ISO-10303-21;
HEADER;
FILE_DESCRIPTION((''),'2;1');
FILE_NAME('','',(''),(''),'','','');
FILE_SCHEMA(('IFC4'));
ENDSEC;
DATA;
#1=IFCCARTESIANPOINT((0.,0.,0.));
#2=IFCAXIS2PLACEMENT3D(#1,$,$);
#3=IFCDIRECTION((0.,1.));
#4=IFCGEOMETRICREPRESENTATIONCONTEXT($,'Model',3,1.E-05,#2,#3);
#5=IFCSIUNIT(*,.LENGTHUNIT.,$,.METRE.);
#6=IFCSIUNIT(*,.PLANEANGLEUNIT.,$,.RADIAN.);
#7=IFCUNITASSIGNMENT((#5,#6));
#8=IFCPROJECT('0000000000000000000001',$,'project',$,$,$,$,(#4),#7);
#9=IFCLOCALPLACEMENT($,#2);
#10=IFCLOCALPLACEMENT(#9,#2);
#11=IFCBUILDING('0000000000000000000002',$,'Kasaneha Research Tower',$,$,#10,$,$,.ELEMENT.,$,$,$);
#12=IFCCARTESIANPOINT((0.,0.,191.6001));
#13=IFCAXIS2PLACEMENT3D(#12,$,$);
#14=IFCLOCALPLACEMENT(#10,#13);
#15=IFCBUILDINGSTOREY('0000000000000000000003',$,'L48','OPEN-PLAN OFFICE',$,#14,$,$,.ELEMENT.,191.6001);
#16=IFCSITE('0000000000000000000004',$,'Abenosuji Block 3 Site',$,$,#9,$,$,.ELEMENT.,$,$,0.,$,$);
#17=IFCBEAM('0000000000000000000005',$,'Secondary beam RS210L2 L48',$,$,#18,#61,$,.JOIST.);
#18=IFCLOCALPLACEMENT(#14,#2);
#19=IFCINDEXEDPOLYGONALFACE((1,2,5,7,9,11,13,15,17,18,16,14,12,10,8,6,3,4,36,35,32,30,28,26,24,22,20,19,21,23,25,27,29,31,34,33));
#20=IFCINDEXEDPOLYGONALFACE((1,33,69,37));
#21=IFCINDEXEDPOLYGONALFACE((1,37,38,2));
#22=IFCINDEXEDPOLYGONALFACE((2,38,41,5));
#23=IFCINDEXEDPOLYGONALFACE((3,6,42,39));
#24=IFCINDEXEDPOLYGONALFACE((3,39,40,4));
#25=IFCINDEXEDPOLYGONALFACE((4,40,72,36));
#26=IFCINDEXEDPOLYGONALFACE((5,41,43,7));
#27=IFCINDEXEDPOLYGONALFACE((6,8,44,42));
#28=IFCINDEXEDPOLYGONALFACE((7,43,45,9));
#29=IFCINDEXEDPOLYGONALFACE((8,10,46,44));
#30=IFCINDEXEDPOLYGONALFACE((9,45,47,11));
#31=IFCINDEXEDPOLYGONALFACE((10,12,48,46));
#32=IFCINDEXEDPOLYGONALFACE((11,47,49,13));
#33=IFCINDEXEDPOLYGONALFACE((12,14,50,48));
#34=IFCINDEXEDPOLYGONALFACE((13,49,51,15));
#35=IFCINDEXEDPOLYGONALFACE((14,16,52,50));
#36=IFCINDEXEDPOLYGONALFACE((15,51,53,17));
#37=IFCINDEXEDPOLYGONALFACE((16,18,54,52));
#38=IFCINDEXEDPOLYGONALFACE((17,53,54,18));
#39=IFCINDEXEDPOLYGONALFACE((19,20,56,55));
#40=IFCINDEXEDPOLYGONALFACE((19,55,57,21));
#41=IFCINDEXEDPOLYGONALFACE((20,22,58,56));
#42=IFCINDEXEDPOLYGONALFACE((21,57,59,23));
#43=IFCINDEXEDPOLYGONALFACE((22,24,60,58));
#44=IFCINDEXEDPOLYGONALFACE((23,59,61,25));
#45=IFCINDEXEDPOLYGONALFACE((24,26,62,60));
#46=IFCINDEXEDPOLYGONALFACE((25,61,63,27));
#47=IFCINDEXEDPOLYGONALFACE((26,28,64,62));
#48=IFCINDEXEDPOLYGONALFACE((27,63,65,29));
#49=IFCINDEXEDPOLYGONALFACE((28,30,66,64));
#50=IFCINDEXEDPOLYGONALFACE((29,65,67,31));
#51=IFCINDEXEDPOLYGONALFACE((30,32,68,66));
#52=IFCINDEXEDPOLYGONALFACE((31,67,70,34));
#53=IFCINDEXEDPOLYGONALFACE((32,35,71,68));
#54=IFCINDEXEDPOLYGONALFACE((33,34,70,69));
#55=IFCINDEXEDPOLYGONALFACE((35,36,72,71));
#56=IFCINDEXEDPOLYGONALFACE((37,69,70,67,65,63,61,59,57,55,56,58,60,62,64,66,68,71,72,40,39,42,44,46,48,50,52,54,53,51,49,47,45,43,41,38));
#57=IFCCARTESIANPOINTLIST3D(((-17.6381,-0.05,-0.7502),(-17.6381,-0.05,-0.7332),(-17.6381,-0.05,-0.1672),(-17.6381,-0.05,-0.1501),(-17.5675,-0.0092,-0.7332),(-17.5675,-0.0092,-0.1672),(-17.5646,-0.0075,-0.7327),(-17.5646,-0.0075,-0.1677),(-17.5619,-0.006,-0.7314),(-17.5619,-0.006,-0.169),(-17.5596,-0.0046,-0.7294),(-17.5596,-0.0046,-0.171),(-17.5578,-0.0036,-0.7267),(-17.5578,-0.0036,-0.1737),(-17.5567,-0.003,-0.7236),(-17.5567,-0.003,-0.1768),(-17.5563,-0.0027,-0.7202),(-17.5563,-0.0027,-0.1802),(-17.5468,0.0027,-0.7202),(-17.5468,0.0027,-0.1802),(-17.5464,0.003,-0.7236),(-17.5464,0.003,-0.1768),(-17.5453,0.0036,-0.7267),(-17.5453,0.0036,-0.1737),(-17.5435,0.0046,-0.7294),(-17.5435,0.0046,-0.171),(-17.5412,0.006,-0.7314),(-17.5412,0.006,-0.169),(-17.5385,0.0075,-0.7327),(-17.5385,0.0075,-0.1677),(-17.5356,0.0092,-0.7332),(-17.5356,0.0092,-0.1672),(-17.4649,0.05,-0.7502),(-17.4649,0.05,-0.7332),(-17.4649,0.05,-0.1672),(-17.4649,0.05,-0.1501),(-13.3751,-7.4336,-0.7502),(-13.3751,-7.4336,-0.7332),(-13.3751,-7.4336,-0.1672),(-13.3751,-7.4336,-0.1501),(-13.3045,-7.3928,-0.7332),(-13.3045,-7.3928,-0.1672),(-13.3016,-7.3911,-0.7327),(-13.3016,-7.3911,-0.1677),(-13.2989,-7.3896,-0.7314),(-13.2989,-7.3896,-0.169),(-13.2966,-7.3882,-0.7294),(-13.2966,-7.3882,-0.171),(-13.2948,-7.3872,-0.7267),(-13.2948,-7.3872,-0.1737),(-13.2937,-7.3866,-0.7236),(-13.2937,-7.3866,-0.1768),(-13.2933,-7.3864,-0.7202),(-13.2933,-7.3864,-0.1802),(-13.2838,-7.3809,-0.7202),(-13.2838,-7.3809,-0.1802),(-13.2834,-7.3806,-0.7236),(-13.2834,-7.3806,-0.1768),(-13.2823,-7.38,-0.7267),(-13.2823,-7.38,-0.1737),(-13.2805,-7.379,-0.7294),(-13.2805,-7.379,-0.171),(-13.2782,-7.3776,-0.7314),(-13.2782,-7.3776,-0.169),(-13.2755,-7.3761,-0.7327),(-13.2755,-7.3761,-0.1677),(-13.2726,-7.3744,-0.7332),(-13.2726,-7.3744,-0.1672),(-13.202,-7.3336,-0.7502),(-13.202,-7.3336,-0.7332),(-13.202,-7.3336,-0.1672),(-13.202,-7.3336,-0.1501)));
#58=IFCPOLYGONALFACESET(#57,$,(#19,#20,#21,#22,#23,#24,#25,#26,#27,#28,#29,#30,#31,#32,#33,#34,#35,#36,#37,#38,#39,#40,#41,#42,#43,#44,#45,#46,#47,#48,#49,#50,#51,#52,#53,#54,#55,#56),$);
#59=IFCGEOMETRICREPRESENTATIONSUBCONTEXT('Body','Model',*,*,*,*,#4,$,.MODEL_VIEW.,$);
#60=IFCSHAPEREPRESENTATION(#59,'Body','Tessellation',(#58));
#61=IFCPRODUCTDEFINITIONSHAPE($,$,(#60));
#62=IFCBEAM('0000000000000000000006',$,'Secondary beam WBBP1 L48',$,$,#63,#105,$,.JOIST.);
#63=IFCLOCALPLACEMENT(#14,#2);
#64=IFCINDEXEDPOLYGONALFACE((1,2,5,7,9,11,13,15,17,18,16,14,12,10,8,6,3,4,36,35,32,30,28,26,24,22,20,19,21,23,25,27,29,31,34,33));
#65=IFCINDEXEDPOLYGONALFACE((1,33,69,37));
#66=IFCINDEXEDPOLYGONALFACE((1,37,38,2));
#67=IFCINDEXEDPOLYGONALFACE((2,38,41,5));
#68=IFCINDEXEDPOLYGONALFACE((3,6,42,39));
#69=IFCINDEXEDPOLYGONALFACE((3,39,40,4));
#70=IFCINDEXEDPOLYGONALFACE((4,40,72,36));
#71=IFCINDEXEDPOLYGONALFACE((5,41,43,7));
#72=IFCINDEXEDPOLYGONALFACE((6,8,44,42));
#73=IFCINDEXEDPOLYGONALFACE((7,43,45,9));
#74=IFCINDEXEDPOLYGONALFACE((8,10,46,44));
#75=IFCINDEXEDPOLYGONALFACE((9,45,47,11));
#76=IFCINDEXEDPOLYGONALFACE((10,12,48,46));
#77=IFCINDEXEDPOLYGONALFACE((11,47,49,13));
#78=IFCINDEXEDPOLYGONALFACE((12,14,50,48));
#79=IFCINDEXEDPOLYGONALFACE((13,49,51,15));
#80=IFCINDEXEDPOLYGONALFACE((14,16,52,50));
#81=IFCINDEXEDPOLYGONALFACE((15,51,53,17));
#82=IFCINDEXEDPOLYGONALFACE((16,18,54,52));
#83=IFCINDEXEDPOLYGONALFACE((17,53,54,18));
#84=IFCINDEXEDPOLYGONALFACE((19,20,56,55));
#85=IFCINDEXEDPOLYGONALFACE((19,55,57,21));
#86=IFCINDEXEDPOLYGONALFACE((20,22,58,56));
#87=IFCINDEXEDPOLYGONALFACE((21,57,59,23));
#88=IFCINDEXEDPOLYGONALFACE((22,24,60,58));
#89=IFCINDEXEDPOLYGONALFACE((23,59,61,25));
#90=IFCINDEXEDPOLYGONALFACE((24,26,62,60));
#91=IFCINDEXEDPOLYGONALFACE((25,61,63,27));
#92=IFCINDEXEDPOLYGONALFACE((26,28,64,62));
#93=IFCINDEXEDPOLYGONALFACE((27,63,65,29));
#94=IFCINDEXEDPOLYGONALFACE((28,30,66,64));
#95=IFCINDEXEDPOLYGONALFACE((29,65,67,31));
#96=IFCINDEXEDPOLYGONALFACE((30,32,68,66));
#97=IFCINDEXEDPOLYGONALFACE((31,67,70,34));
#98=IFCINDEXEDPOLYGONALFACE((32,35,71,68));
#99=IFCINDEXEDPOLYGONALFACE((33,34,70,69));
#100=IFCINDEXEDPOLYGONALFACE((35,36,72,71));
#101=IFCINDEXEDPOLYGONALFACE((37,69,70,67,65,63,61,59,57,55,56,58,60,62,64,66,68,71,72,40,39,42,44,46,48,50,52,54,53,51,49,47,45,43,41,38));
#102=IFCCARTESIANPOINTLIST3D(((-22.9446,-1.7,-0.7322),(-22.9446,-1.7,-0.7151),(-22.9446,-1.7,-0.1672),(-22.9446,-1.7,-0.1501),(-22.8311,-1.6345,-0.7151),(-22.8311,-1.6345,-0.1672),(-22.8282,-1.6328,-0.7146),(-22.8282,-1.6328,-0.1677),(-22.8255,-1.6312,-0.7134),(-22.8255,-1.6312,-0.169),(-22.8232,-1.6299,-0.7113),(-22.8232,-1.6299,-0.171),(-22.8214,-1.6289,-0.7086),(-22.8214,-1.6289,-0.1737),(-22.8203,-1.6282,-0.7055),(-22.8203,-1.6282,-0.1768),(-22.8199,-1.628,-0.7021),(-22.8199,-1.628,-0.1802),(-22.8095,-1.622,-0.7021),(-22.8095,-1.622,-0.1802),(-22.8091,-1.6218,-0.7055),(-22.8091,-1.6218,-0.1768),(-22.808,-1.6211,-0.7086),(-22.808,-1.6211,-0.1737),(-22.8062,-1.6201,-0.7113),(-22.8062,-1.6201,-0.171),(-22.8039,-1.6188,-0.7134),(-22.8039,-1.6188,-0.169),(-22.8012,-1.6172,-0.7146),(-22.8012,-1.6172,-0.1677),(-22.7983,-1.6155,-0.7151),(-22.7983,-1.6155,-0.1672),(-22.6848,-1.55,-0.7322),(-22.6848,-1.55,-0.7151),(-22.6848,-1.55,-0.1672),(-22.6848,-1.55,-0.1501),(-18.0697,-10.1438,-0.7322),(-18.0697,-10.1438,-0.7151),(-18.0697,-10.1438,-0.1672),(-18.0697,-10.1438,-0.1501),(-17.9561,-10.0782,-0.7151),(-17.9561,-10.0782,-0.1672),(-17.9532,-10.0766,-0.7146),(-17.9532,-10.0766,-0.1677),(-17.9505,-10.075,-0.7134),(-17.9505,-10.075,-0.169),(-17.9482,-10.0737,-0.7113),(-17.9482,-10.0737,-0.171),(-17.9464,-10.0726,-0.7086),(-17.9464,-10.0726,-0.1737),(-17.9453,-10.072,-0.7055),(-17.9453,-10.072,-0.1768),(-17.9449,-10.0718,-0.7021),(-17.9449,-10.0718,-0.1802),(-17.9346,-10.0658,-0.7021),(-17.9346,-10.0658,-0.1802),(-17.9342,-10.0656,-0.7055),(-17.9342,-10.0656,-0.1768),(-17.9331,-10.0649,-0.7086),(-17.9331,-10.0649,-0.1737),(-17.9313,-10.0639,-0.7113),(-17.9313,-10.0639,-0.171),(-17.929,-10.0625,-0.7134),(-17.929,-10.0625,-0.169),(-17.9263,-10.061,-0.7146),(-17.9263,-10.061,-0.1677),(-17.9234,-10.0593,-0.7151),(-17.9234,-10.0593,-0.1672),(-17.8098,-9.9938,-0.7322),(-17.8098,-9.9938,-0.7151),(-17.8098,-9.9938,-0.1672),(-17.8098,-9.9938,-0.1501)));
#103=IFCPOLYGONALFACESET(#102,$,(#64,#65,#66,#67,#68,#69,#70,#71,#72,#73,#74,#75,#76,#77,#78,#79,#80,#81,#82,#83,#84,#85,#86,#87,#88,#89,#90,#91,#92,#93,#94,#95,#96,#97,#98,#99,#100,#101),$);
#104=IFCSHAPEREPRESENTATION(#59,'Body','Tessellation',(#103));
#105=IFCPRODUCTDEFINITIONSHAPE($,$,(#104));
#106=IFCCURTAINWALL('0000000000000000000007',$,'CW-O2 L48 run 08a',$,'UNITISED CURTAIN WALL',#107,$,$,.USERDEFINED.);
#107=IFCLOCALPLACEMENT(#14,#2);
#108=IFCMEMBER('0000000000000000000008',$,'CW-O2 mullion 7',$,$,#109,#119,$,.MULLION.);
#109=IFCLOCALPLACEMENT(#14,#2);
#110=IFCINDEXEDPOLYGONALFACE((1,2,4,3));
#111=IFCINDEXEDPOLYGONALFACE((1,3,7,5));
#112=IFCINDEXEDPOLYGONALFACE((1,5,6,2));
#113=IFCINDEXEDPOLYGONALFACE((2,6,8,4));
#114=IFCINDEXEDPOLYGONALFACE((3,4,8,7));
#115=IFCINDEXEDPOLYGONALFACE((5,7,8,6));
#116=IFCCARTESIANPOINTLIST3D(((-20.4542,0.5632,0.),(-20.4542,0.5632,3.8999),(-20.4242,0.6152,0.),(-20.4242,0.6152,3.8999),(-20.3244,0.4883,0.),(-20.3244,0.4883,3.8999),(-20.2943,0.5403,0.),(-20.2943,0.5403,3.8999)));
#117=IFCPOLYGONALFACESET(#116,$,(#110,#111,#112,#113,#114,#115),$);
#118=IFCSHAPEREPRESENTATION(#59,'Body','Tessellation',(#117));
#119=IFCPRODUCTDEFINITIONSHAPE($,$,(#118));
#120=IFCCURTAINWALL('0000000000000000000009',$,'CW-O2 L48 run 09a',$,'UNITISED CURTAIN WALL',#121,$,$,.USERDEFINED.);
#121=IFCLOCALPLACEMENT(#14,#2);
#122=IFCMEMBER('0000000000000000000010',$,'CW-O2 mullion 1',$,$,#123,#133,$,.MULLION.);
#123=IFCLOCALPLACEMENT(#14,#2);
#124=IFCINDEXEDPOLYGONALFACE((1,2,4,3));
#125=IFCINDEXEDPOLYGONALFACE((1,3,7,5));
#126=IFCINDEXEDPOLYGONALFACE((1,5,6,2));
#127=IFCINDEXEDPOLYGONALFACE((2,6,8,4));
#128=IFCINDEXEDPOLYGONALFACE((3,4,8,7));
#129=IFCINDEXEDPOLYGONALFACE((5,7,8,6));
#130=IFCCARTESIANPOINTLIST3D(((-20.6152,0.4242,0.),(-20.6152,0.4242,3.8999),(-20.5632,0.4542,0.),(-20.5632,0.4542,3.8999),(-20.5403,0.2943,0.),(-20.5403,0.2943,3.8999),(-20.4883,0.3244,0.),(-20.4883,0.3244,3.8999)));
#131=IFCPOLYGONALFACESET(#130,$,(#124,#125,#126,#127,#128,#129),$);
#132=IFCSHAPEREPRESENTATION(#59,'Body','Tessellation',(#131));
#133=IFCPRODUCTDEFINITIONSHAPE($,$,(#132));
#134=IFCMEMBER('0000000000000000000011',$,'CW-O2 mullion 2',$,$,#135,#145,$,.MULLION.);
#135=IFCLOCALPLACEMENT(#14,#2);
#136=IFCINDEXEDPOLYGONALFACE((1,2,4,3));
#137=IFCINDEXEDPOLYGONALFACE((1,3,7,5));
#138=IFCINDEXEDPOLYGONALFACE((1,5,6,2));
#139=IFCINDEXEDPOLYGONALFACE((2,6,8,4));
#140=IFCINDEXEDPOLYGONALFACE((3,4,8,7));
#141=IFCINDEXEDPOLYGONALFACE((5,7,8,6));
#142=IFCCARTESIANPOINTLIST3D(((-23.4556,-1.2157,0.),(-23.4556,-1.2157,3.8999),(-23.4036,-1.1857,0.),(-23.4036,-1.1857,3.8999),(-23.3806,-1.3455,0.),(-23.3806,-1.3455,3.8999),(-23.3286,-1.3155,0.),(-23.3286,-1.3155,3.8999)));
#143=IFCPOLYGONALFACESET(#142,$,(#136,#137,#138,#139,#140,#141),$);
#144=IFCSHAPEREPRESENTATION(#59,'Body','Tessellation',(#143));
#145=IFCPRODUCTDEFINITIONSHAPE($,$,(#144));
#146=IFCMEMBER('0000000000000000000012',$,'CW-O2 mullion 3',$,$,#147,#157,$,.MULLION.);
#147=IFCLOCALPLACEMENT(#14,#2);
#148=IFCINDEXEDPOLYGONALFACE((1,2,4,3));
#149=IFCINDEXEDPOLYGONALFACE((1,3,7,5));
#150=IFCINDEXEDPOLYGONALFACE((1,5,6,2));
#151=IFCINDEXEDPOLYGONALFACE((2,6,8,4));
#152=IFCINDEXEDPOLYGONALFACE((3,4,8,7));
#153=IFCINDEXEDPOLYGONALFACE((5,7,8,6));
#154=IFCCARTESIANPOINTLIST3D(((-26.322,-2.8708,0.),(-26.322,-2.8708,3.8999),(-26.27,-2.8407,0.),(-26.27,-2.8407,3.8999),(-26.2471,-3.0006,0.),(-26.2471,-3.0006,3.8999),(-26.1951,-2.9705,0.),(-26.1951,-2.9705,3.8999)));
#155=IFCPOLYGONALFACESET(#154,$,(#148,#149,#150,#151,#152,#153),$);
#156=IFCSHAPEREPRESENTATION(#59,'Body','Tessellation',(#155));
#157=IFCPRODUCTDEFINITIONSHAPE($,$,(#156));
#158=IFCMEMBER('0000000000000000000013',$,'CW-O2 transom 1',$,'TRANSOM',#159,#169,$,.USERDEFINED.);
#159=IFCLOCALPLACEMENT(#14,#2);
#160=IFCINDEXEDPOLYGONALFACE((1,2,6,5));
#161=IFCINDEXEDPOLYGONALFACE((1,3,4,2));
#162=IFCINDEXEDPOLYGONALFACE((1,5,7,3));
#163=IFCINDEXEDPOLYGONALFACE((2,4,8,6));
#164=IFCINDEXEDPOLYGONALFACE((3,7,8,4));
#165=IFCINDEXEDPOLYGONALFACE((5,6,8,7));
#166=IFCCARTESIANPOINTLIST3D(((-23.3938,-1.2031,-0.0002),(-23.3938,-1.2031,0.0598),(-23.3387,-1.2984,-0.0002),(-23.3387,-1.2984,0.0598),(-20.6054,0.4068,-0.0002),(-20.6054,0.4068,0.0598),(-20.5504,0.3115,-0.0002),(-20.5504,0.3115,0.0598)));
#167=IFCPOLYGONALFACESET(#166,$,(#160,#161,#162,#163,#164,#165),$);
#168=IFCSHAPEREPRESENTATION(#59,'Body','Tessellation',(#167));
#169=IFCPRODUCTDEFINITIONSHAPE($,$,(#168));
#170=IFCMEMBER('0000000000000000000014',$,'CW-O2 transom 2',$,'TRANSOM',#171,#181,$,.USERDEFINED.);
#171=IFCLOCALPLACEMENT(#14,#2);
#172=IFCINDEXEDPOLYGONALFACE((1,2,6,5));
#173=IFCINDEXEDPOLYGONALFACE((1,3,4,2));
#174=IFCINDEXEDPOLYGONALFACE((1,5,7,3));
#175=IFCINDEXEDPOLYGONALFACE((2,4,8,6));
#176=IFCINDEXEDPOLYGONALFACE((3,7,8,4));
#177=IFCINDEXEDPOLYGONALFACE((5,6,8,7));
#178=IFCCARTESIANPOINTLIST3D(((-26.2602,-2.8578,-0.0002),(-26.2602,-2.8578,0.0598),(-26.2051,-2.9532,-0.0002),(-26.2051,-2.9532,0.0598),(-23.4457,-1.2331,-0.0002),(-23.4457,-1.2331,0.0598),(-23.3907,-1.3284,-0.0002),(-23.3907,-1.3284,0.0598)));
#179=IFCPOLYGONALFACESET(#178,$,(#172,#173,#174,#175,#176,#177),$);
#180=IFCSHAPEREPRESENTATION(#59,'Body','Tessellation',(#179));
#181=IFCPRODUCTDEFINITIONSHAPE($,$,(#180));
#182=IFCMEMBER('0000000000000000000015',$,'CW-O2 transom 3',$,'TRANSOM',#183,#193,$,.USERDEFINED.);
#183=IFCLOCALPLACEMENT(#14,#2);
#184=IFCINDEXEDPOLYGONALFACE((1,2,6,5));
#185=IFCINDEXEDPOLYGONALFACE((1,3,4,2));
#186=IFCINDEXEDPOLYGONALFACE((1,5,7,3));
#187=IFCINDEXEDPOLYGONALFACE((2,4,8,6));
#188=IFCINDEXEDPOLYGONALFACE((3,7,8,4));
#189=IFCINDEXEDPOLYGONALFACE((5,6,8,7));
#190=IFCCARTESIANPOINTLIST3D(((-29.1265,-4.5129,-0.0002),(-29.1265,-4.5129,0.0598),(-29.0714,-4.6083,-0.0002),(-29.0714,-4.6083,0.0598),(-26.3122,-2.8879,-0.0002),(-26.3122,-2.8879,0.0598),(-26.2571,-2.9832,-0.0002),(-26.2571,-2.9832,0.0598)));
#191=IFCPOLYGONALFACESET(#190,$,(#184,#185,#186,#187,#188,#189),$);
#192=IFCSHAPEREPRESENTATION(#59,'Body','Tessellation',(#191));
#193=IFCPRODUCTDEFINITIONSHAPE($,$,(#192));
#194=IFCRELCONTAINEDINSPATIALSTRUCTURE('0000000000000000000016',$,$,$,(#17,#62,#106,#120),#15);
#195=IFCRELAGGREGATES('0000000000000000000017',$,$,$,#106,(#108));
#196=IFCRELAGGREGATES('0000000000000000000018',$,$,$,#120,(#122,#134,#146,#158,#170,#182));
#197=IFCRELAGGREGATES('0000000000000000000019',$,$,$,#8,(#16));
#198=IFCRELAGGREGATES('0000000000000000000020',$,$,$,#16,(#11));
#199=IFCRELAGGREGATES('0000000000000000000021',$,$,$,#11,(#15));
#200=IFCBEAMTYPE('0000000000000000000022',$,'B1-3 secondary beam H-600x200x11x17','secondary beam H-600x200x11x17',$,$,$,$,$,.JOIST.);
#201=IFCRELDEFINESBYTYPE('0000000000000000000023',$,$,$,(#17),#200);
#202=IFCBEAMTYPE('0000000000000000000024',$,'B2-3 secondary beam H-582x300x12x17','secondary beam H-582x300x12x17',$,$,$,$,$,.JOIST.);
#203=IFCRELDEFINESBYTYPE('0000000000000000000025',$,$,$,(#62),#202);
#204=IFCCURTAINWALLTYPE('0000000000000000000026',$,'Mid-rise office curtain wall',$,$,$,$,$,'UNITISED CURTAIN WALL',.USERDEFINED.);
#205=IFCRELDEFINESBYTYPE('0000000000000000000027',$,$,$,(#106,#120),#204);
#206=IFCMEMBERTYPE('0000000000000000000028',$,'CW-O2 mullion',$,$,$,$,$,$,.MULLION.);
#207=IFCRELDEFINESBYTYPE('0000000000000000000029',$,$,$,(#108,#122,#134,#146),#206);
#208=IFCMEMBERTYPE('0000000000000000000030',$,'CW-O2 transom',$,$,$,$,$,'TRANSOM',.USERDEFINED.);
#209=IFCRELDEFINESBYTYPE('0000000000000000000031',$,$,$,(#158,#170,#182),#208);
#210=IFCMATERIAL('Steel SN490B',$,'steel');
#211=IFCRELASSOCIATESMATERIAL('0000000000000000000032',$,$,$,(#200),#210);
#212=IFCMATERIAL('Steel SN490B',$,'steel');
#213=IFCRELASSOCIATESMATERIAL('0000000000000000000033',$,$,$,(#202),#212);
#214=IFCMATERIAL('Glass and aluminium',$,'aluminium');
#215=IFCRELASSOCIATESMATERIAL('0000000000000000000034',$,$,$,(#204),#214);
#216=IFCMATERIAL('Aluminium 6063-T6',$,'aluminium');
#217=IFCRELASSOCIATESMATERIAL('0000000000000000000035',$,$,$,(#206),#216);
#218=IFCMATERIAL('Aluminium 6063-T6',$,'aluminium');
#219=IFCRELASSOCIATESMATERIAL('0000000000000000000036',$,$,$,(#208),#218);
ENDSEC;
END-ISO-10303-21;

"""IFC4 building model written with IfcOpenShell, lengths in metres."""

from ifc_helpers import new_model, si_unit, direction, frame, origin, origin_2d, place, context, subcontext, project, spatial, rectangle, i_section, extrude, material, material_profile, profile_set, type_object, element, aggregate, save


model = new_model("IFC4")

# Units and contexts
model_context = context("Model", 3, precision=1e-05, world=origin(), true_north=direction((0.0, 1.0)))
body_context = subcontext(model_context, "Body", "Model", "MODEL_VIEW")
ifc_project = project(units=[si_unit("LENGTHUNIT", "METRE"), si_unit("PLANEANGLEUNIT", "RADIAN")], contexts=[model_context])

# Site, building, storey
site_placement = place(None, origin())
site = spatial("IfcSite", under=ifc_project, at=site_placement, Name="Abenosuji Block 3 Site", CompositionType="ELEMENT", RefElevation=0.0)
building_placement = place(site_placement, origin())
building = spatial("IfcBuilding", under=site, at=building_placement, Name="Kasaneha Research Tower", CompositionType="ELEMENT")
storey_placement = place(building_placement, frame((0.0, 0.0, 191.6001)))
storey = spatial("IfcBuildingStorey", under=building, at=storey_placement, Name="L48", Description="OPEN-PLAN OFFICE", CompositionType="ELEMENT", Elevation=191.6001)

# Beams
ifc_material_1 = material(Name="Steel SN490B", Category="steel")
ifc_material_profile_1 = material_profile(ifc_material_1, i_section(OverallWidth=0.2, OverallDepth=0.6001, WebThickness=0.011, FlangeThickness=0.0171, FilletRadius=0.0129, at=origin_2d()), Name="H-600x200x11x17")
ifc_profile_set_1 = profile_set([ifc_material_profile_1], Name="Steel SN490B")
beam_type_1 = type_object("IfcBeamType", Name="B1-3 secondary beam H-600x200x11x17", Description="secondary beam H-600x200x11x17", PredefinedType="JOIST", material=ifc_profile_set_1)
beam_1_placement = place(storey_placement, frame((-17.5515, 0.0, -0.4502), z_axis=(0.500004, -0.866023, 0.0), x_axis=(0.866023, 0.500004, 0.0)))
element("IfcBeam", 1, at=beam_1_placement, inside=storey, type_object=beam_type_1, Name="Secondary beam RS210L2 L48", PredefinedType="JOIST", context=body_context, shape_type="SweptSolid", body=[
    extrude(i_section(OverallWidth=0.2, OverallDepth=0.6001, WebThickness=0.011, FlangeThickness=0.0171, FilletRadius=0.0129, at=origin_2d()), origin(), (0.0, 0.0, 1.0), 8.5259),
])
ifc_material_2 = material(Name="Steel SN490B", Category="steel")
ifc_material_profile_2 = material_profile(ifc_material_2, i_section(OverallWidth=0.3, OverallDepth=0.582, WebThickness=0.012, FlangeThickness=0.0171, FilletRadius=0.0129, at=origin_2d()), Name="H-582x300x12x17")
ifc_profile_set_2 = profile_set([ifc_material_profile_2], Name="Steel SN490B")
beam_type_2 = type_object("IfcBeamType", Name="B2-3 secondary beam H-582x300x12x17", Description="secondary beam H-582x300x12x17", PredefinedType="JOIST", material=ifc_profile_set_2)
beam_2_placement = place(storey_placement, frame((-22.8147, -1.625, -0.4412), z_axis=(0.499996, -0.866028, 0.0), x_axis=(0.866028, 0.499996, 0.0)))
element("IfcBeam", 2, at=beam_2_placement, inside=storey, type_object=beam_type_2, Name="Secondary beam WBBP1 L48", PredefinedType="JOIST", context=body_context, shape_type="SweptSolid", body=[
    extrude(i_section(OverallWidth=0.3, OverallDepth=0.582, WebThickness=0.012, FlangeThickness=0.0171, FilletRadius=0.0129, at=origin_2d()), origin(), (0.0, 0.0, 1.0), 9.75),
])

# Curtain wall, member
ifc_material_3 = material(Name="Glass and aluminium", Category="aluminium")
curtain_wall_type = type_object("IfcCurtainWallType", Name="Mid-rise office curtain wall", ElementType="UNITISED CURTAIN WALL", PredefinedType="USERDEFINED", material=ifc_material_3)
curtain_wall_1_placement = place(storey_placement, origin())
curtain_wall_1 = element("IfcCurtainWall", 3, at=curtain_wall_1_placement, inside=storey, type_object=curtain_wall_type, Name="CW-O2 L48 run 08a", ObjectType="UNITISED CURTAIN WALL", PredefinedType="USERDEFINED")
ifc_material_4 = material(Name="Aluminium 6063-T6", Category="aluminium")
ifc_material_profile_3 = material_profile(ifc_material_4, rectangle(XDim=0.0601, YDim=0.1499, at=origin_2d()), Name="CW-O2 mullion 60x150")
ifc_profile_set_3 = profile_set([ifc_material_profile_3], Name="Aluminium 6063-T6")
member_type_1 = type_object("IfcMemberType", Name="CW-O2 mullion", PredefinedType="MULLION", material=ifc_profile_set_3)
member_1_placement = place(storey_placement, frame((-20.3743, 0.5518, 0.0), z_axis=(0.0, 0.0, 1.0), x_axis=(-0.5, -0.866025, 0.0)))
member_1 = element("IfcMember", 4, at=member_1_placement, type_object=member_type_1, Name="CW-O2 mullion 7", PredefinedType="MULLION", context=body_context, shape_type="SweptSolid", body=[
    extrude(rectangle(XDim=0.0601, YDim=0.1499, at=origin_2d()), origin(), (0.0, 0.0, 1.0), 3.8999),
])
aggregate(curtain_wall_1, [member_1])

# Curtain wall, members
curtain_wall_2_placement = place(storey_placement, origin())
curtain_wall_2 = element("IfcCurtainWall", 5, at=curtain_wall_2_placement, inside=storey, type_object=curtain_wall_type, Name="CW-O2 L48 run 09a", ObjectType="UNITISED CURTAIN WALL", PredefinedType="USERDEFINED")
member_2_placement = place(storey_placement, frame((-20.5518, 0.3743, 0.0), z_axis=(0.0, 0.0, 1.0), x_axis=(-0.866025, -0.5, 0.0)))
member_2 = element("IfcMember", 6, at=member_2_placement, type_object=member_type_1, Name="CW-O2 mullion 1", PredefinedType="MULLION", context=body_context, shape_type="SweptSolid", body=[
    extrude(rectangle(XDim=0.0601, YDim=0.1499, at=origin_2d()), origin(), (0.0, 0.0, 1.0), 3.8999),
])
member_3_placement = place(storey_placement, frame((-23.3921, -1.2656, 0.0), z_axis=(0.0, 0.0, 1.0), x_axis=(-0.866025, -0.5, 0.0)))
member_3 = element("IfcMember", 7, at=member_3_placement, type_object=member_type_1, Name="CW-O2 mullion 2", PredefinedType="MULLION", context=body_context, shape_type="SweptSolid", body=[
    extrude(rectangle(XDim=0.0601, YDim=0.1499, at=origin_2d()), origin(), (0.0, 0.0, 1.0), 3.8999),
])
member_4_placement = place(storey_placement, frame((-26.2585, -2.9207, 0.0), z_axis=(0.0, 0.0, 1.0), x_axis=(-0.866025, -0.5, 0.0)))
member_4 = element("IfcMember", 8, at=member_4_placement, type_object=member_type_1, Name="CW-O2 mullion 3", PredefinedType="MULLION", context=body_context, shape_type="SweptSolid", body=[
    extrude(rectangle(XDim=0.0601, YDim=0.1499, at=origin_2d()), origin(), (0.0, 0.0, 1.0), 3.8999),
])
ifc_material_5 = material(Name="Aluminium 6063-T6", Category="aluminium")
ifc_material_profile_4 = material_profile(ifc_material_5, rectangle(XDim=0.1101, YDim=0.0601, at=origin_2d()), Name="CW-O2 transom 110x60")
ifc_profile_set_4 = profile_set([ifc_material_profile_4], Name="Aluminium 6063-T6")
member_type_2 = type_object("IfcMemberType", Name="CW-O2 transom", ElementType="TRANSOM", PredefinedType="USERDEFINED", material=ifc_profile_set_4)
member_5_placement = place(storey_placement, frame((-20.5779, 0.3591, 0.0298), z_axis=(-0.866023, -0.500005, 0.0), x_axis=(0.500005, -0.866023, 0.0)))
member_5 = element("IfcMember", 9, at=member_5_placement, type_object=member_type_2, Name="CW-O2 transom 1", ObjectType="TRANSOM", PredefinedType="USERDEFINED", context=body_context, shape_type="SweptSolid", body=[
    extrude(rectangle(XDim=0.1101, YDim=0.0601, at=origin_2d()), origin(), (0.0, 0.0, 1.0), 3.2197),
])
member_6_placement = place(storey_placement, frame((-23.4182, -1.2808, 0.0298), z_axis=(-0.866048, -0.499961, 0.0), x_axis=(0.499961, -0.866048, 0.0)))
member_6 = element("IfcMember", 10, at=member_6_placement, type_object=member_type_2, Name="CW-O2 transom 2", ObjectType="TRANSOM", PredefinedType="USERDEFINED", context=body_context, shape_type="SweptSolid", body=[
    extrude(rectangle(XDim=0.1101, YDim=0.0601, at=origin_2d()), origin(), (0.0, 0.0, 1.0), 3.2498),
])
member_7_placement = place(storey_placement, frame((-26.2847, -2.9355, 0.0298), z_axis=(-0.865997, -0.50005, 0.0), x_axis=(0.50005, -0.865997, 0.0)))
member_7 = element("IfcMember", 11, at=member_7_placement, type_object=member_type_2, Name="CW-O2 transom 3", ObjectType="TRANSOM", PredefinedType="USERDEFINED", context=body_context, shape_type="SweptSolid", body=[
    extrude(rectangle(XDim=0.1101, YDim=0.0601, at=origin_2d()), origin(), (0.0, 0.0, 1.0), 3.2498),
])

aggregate(curtain_wall_2, [member_2, member_3, member_4, member_5, member_6, member_7])

save(model, "model.ifc")
